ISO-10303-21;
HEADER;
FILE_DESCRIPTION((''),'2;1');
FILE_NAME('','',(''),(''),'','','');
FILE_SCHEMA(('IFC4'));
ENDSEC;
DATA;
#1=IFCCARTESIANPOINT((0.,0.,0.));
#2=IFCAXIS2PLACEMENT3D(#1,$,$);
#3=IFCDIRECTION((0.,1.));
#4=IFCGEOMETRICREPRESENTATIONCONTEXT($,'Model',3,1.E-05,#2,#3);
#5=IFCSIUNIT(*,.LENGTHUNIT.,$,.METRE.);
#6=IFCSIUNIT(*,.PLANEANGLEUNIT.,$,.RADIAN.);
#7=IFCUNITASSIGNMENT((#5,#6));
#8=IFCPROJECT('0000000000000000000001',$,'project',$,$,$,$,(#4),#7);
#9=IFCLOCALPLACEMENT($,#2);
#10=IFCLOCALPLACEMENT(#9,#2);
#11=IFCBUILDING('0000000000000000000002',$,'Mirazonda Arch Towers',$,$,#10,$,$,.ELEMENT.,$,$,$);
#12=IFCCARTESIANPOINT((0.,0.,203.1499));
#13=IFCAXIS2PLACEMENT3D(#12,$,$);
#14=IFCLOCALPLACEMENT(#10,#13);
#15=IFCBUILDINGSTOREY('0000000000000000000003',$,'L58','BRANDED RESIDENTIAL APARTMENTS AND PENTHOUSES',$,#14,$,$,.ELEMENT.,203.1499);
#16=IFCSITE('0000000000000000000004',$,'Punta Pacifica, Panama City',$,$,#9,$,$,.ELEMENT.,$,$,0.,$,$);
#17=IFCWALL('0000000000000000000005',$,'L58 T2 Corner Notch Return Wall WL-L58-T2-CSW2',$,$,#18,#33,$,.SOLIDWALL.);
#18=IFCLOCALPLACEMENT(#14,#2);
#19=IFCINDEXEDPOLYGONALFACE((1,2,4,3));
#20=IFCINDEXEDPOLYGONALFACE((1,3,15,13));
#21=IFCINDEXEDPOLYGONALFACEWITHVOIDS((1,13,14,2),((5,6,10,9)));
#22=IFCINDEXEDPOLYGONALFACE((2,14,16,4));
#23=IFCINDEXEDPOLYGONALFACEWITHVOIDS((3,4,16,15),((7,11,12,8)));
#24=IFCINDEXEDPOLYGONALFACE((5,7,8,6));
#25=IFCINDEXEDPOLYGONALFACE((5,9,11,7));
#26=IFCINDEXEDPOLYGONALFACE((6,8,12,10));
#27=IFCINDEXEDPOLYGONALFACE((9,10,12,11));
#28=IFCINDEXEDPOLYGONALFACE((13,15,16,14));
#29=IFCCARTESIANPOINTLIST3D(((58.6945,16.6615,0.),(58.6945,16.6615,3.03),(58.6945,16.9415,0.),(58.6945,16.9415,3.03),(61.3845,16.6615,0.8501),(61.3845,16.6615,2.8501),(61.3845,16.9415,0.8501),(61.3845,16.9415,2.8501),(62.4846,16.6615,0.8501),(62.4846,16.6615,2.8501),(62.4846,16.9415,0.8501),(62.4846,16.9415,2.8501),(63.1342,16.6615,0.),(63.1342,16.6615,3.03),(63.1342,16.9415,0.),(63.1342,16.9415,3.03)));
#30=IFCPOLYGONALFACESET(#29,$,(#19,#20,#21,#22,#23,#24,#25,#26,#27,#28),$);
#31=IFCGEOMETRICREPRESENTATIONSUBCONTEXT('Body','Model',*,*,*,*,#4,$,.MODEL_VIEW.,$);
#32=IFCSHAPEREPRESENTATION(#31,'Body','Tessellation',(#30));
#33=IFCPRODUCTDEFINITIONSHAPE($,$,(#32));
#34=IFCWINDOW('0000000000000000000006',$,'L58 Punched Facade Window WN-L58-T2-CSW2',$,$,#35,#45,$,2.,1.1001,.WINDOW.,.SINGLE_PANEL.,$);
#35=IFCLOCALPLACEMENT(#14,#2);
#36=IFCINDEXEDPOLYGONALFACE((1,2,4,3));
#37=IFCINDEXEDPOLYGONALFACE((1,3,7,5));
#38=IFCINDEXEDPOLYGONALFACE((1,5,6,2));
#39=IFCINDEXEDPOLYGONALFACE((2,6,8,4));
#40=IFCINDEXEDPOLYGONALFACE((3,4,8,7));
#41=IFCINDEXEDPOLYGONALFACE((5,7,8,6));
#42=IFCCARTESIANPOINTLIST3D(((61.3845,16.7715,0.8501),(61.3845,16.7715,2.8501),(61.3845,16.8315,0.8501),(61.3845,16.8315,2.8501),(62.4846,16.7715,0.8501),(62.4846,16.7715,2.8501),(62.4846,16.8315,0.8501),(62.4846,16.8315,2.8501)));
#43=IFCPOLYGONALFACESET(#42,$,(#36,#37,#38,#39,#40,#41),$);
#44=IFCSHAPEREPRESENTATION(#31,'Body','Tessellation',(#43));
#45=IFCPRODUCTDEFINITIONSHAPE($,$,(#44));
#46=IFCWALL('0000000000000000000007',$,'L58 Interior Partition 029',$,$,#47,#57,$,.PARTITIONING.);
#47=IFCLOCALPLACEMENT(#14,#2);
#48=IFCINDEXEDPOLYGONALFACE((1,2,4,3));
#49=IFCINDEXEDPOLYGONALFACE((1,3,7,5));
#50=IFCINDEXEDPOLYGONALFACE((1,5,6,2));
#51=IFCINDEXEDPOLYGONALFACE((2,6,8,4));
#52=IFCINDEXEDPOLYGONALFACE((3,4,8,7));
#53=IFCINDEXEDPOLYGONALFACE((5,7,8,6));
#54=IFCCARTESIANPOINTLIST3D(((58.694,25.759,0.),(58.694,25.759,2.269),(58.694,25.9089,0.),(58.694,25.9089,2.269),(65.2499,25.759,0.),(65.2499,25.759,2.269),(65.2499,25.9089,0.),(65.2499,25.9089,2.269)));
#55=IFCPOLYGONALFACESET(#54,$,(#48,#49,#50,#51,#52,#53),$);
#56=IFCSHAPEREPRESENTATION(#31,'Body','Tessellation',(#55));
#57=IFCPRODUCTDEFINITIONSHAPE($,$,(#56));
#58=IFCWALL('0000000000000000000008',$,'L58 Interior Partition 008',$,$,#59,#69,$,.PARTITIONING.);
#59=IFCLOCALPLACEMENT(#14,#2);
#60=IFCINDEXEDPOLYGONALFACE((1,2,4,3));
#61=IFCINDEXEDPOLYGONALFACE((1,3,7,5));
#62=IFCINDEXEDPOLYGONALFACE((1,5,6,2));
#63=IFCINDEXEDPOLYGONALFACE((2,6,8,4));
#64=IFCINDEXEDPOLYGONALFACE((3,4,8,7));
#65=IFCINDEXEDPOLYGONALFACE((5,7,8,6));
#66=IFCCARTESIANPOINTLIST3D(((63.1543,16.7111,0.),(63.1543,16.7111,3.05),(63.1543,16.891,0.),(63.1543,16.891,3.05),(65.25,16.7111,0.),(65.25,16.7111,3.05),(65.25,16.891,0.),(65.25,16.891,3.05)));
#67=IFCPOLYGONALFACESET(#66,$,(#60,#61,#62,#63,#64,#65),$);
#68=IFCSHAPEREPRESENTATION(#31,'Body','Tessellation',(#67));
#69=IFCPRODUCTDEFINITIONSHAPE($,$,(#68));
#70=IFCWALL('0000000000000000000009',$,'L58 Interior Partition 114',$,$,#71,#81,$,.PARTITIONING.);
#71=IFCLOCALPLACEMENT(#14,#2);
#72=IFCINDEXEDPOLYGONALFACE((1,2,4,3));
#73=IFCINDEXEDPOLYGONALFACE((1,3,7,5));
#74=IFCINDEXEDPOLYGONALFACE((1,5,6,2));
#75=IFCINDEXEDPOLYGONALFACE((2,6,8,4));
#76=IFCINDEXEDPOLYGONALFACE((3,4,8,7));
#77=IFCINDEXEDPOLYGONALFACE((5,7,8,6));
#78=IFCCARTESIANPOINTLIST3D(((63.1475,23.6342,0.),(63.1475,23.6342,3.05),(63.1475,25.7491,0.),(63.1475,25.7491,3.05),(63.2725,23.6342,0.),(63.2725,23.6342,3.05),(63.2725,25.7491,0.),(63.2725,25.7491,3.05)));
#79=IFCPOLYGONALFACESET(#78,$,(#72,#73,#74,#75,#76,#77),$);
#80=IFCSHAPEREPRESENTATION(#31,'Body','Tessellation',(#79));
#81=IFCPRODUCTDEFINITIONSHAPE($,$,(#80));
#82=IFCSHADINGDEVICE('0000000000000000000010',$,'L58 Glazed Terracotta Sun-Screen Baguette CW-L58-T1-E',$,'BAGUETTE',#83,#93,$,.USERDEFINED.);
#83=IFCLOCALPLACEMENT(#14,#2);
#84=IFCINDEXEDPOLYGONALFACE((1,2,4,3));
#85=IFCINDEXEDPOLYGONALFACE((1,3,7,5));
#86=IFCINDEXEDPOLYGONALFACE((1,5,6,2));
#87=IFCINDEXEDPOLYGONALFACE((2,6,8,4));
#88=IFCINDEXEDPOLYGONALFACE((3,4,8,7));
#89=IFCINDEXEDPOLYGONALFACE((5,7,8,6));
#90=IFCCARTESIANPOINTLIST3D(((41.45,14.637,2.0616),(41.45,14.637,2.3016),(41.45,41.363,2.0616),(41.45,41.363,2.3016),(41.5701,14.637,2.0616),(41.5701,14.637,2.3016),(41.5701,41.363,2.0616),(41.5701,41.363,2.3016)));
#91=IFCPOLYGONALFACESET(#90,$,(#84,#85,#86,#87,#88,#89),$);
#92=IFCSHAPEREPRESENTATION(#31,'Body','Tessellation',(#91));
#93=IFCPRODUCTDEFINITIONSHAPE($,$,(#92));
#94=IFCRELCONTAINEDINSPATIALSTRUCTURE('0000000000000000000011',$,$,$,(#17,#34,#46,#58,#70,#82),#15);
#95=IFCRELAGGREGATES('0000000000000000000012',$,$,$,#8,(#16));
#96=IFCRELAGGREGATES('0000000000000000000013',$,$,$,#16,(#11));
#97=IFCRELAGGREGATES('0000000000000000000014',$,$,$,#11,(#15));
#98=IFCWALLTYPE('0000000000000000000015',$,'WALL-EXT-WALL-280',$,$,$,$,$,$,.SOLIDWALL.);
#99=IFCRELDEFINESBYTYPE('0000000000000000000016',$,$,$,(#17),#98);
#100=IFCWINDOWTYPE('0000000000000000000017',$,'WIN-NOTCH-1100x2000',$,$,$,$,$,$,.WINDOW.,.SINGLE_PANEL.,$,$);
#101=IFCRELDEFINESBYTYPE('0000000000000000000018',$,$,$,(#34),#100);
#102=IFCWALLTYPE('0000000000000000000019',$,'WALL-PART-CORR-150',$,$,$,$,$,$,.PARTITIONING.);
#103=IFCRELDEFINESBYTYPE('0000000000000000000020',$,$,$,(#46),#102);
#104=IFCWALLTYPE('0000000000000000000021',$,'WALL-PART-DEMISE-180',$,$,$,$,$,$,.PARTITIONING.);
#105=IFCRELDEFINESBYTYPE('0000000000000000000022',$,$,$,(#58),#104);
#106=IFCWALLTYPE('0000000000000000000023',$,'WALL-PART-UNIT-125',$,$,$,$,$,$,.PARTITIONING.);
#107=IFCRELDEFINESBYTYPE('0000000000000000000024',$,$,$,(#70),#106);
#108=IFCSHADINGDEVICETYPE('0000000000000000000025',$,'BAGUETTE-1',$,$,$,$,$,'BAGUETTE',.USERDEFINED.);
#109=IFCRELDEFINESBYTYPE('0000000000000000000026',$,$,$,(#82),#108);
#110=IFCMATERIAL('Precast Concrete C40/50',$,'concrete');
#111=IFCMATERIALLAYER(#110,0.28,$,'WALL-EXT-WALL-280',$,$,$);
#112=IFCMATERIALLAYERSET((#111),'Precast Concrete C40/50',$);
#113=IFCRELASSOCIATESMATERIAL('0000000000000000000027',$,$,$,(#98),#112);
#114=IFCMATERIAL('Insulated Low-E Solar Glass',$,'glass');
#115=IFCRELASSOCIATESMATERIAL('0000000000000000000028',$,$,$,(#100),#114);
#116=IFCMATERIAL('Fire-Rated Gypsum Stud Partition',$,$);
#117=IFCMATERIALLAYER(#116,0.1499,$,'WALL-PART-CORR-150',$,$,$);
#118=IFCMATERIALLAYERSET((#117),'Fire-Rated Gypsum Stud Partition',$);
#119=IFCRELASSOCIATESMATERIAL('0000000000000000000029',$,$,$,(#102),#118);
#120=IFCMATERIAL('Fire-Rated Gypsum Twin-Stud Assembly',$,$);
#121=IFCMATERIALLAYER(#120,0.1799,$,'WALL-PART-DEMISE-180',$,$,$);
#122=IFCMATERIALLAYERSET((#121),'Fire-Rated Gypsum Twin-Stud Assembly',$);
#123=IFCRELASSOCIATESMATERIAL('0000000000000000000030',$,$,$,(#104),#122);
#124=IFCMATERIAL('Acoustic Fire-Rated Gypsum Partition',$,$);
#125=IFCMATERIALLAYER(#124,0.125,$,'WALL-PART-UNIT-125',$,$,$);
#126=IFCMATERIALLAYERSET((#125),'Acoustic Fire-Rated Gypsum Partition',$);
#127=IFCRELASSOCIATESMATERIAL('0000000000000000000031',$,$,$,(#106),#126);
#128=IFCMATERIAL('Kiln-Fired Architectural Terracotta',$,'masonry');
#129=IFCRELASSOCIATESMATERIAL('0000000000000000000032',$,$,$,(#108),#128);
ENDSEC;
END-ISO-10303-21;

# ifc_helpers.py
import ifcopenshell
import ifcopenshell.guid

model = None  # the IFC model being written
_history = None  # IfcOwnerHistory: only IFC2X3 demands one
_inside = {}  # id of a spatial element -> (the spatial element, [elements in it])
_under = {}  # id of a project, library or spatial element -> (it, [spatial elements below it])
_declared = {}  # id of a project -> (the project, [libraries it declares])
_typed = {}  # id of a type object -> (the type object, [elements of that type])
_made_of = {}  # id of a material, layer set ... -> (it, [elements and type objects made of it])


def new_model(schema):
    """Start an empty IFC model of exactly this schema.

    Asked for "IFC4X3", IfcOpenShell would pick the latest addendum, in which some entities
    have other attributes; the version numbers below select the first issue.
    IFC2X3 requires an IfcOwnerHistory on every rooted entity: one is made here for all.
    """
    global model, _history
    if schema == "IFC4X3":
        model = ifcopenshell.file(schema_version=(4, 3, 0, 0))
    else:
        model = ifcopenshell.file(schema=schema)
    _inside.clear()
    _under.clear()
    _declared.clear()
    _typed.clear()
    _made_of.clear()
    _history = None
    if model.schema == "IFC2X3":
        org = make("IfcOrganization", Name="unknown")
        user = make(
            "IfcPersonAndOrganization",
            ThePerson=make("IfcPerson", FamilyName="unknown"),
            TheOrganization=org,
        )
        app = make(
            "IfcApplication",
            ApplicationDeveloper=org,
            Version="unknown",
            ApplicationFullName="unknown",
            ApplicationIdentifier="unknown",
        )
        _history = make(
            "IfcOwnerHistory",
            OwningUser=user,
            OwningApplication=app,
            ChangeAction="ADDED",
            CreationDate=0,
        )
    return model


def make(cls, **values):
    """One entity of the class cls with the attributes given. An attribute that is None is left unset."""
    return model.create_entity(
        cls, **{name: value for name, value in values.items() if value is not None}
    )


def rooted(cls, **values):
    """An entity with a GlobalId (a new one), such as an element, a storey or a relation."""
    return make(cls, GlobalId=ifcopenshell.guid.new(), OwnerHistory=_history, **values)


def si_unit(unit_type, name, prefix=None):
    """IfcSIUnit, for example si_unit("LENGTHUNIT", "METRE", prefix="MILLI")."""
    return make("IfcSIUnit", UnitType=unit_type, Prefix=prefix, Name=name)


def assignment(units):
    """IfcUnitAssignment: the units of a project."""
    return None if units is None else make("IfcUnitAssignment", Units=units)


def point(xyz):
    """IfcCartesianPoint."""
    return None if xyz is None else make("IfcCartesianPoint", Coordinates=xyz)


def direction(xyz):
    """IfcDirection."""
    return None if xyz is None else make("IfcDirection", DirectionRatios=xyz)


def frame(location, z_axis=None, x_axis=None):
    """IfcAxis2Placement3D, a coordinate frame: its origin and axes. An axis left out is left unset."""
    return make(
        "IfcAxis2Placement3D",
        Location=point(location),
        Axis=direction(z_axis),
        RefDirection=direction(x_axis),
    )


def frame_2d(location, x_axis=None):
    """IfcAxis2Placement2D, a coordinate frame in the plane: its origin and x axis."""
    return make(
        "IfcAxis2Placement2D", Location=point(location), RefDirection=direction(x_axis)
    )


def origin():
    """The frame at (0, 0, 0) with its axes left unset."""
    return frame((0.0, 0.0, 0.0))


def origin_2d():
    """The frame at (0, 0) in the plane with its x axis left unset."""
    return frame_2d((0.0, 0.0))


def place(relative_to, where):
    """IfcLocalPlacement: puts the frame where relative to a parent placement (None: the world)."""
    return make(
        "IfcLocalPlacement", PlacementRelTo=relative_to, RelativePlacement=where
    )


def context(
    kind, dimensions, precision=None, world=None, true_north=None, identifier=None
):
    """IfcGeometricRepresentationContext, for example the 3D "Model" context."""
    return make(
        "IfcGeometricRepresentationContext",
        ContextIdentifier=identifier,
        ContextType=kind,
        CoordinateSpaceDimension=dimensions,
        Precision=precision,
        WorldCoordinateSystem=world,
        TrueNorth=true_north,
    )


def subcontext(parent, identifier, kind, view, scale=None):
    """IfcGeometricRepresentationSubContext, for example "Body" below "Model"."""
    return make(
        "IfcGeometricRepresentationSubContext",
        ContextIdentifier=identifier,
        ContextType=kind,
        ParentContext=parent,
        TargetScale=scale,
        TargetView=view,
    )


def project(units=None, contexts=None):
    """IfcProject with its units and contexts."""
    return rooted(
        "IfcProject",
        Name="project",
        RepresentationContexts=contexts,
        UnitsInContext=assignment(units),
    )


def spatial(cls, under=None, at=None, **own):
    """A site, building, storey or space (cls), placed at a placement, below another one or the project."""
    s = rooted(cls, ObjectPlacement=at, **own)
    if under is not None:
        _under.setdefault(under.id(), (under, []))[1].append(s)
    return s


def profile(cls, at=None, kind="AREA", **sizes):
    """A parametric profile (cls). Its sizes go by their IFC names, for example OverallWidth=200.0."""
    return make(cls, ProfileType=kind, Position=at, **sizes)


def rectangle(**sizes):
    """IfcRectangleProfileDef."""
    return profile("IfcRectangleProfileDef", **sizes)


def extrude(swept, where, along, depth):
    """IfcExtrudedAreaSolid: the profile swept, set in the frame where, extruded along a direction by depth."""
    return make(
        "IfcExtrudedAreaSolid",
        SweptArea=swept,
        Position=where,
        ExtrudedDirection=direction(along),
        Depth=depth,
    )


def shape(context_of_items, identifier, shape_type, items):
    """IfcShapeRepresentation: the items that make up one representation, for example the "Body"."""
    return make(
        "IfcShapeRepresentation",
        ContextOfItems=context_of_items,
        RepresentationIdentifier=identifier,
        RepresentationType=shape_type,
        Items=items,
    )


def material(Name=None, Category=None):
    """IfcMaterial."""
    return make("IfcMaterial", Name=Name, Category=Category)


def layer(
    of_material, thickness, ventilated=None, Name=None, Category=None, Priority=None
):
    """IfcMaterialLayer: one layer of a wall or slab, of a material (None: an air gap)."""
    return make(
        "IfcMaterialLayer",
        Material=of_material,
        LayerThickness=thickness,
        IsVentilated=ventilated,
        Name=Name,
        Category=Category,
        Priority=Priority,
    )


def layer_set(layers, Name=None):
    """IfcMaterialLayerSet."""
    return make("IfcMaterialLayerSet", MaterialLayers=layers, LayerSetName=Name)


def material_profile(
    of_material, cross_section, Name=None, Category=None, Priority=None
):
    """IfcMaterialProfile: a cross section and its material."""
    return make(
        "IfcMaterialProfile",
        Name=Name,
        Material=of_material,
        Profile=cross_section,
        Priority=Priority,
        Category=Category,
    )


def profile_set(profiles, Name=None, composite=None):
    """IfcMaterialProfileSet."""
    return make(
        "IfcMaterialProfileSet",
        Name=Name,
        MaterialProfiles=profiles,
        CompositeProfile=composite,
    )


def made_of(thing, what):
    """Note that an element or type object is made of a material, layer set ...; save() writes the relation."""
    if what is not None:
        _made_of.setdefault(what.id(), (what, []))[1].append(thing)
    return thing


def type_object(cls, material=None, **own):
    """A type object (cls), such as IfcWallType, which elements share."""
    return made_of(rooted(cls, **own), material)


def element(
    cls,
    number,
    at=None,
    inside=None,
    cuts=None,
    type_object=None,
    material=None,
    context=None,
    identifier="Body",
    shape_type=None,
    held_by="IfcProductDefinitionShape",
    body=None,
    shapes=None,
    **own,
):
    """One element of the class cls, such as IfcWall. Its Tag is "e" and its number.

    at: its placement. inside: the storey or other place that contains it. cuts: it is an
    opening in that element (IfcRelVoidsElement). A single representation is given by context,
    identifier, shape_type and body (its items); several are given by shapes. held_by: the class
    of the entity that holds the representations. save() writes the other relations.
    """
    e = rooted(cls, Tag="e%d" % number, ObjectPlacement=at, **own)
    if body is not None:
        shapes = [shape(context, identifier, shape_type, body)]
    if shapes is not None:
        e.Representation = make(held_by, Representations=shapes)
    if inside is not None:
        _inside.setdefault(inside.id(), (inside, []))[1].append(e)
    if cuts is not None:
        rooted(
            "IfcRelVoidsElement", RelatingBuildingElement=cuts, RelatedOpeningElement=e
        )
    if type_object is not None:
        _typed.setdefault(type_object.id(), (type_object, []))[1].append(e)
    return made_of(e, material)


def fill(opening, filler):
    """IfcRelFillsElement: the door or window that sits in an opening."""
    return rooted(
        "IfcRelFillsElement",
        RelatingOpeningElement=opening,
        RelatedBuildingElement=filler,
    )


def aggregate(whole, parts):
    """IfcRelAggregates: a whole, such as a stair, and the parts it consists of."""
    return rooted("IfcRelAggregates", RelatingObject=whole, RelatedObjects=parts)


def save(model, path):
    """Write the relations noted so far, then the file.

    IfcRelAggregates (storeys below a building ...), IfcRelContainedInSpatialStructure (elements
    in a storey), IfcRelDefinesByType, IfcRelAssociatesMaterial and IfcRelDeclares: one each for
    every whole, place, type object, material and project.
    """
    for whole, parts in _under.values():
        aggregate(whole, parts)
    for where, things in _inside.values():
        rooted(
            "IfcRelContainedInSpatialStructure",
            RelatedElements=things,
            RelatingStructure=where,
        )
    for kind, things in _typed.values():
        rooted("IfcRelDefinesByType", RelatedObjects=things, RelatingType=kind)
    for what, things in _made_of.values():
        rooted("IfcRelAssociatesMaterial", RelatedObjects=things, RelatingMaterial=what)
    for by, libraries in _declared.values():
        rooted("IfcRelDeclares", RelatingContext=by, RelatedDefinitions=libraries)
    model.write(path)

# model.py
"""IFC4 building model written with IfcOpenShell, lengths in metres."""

from ifc_helpers import new_model, si_unit, direction, frame, frame_2d, origin, origin_2d, place, context, subcontext, project, spatial, rectangle, extrude, material, layer, layer_set, material_profile, profile_set, type_object, element, fill, save


model = new_model("IFC4")

# Units and contexts
model_context = context("Model", 3, precision=1e-05, world=origin(), true_north=direction((0.0, 1.0)))
body_context = subcontext(model_context, "Body", "Model", "MODEL_VIEW")
ifc_project = project(units=[si_unit("LENGTHUNIT", "METRE"), si_unit("PLANEANGLEUNIT", "RADIAN")], contexts=[model_context])

# Site, building, storey
site_placement = place(None, origin())
site = spatial("IfcSite", under=ifc_project, at=site_placement, Name="Punta Pacifica, Panama City", CompositionType="ELEMENT", RefElevation=0.0)
building_placement = place(site_placement, origin())
building = spatial("IfcBuilding", under=site, at=building_placement, Name="Mirazonda Arch Towers", CompositionType="ELEMENT")
storey_placement = place(building_placement, frame((0.0, 0.0, 203.1499)))
storey = spatial("IfcBuildingStorey", under=building, at=storey_placement, Name="L58", Description="BRANDED RESIDENTIAL APARTMENTS AND PENTHOUSES", CompositionType="ELEMENT", Elevation=203.1499)

# Shared definitions
ifc_material_1 = material(Name="Insulated Low-E Solar Glass", Category="glass")

# Wall, opening, window
ifc_material_2 = material(Name="Precast Concrete C40/50", Category="concrete")
ifc_layer_1 = layer(ifc_material_2, 0.28, Name="WALL-EXT-WALL-280")
ifc_layer_set_1 = layer_set([ifc_layer_1], Name="Precast Concrete C40/50")
wall_type_1 = type_object("IfcWallType", Name="WALL-EXT-WALL-280", PredefinedType="SOLIDWALL", material=ifc_layer_set_1)
wall_1_placement = place(storey_placement, frame((58.6946, 16.8015, 0.0), z_axis=(0.0, 0.0, 1.0), x_axis=(1.0, 0.0, 0.0)))
wall_1 = element("IfcWall", 1, at=wall_1_placement, inside=storey, type_object=wall_type_1, Name="L58 T2 Corner Notch Return Wall WL-L58-T2-CSW2", PredefinedType="SOLIDWALL", context=body_context, shape_type="SweptSolid", body=[
    extrude(rectangle(XDim=4.4397, YDim=0.28, at=frame_2d((2.2197, 0.0))), origin(), (0.0, 0.0, 1.0), 3.03),
])
opening_1_placement = place(wall_1_placement, frame((2.6899, 0.0, 0.8501)))
opening_1 = element("IfcOpeningElement", 2, at=opening_1_placement, cuts=wall_1, PredefinedType="OPENING", context=body_context, shape_type="SweptSolid", body=[
    extrude(rectangle(XDim=1.1001, YDim=2.0, at=frame_2d((0.55, 1.0))), frame((0.0, 0.1499, 0.0), z_axis=(0.0, -1.0, 0.0), x_axis=(1.0, 0.0, 0.0)), (0.0, 0.0, 1.0), 0.3),
])
window_type_1 = type_object("IfcWindowType", Name="WIN-NOTCH-1100x2000", PartitioningType="SINGLE_PANEL", PredefinedType="WINDOW", material=ifc_material_1)
window_1_placement = place(opening_1_placement, origin())
window_1 = element("IfcWindow", 3, at=window_1_placement, inside=storey, type_object=window_type_1, Name="L58 Punched Facade Window WN-L58-T2-CSW2", OverallHeight=2.0, OverallWidth=1.1001, PartitioningType="SINGLE_PANEL", PredefinedType="WINDOW", context=body_context, shape_type="SweptSolid", body=[
    extrude(rectangle(XDim=1.1001, YDim=2.0, at=frame_2d((0.55, 1.0))), frame((0.0, 0.03, 0.0), z_axis=(0.0, -1.0, 0.0), x_axis=(1.0, 0.0, 0.0)), (0.0, 0.0, 1.0), 0.0601),
])
fill(opening_1, window_1)

# Walls
ifc_material_3 = material(Name="Fire-Rated Gypsum Stud Partition")
ifc_layer_2 = layer(ifc_material_3, 0.1499, Name="WALL-PART-CORR-150")
ifc_layer_set_2 = layer_set([ifc_layer_2], Name="Fire-Rated Gypsum Stud Partition")
wall_type_2 = type_object("IfcWallType", Name="WALL-PART-CORR-150", PredefinedType="PARTITIONING", material=ifc_layer_set_2)
wall_2_placement = place(storey_placement, frame((58.6941, 25.834, 0.0), z_axis=(0.0, 0.0, 1.0), x_axis=(1.0, 0.0, 0.0)))
element("IfcWall", 4, at=wall_2_placement, inside=storey, type_object=wall_type_2, Name="L58 Interior Partition 029", PredefinedType="PARTITIONING", context=body_context, shape_type="SweptSolid", body=[
    extrude(rectangle(XDim=6.5559, YDim=0.1499, at=frame_2d((3.2778, 0.0))), origin(), (0.0, 0.0, 1.0), 2.269),
])
ifc_material_4 = material(Name="Fire-Rated Gypsum Twin-Stud Assembly")
ifc_layer_3 = layer(ifc_material_4, 0.1799, Name="WALL-PART-DEMISE-180")
ifc_layer_set_3 = layer_set([ifc_layer_3], Name="Fire-Rated Gypsum Twin-Stud Assembly")
wall_type_3 = type_object("IfcWallType", Name="WALL-PART-DEMISE-180", PredefinedType="PARTITIONING", material=ifc_layer_set_3)
wall_3_placement = place(storey_placement, frame((63.1543, 16.801, 0.0), z_axis=(0.0, 0.0, 1.0), x_axis=(1.0, 0.0, 0.0)))
element("IfcWall", 5, at=wall_3_placement, inside=storey, type_object=wall_type_3, Name="L58 Interior Partition 008", PredefinedType="PARTITIONING", context=body_context, shape_type="SweptSolid", body=[
    extrude(rectangle(XDim=2.0957, YDim=0.1799, at=frame_2d((1.0479, 0.0))), origin(), (0.0, 0.0, 1.0), 3.05),
])

# Wall
ifc_material_5 = material(Name="Acoustic Fire-Rated Gypsum Partition")
ifc_layer_4 = layer(ifc_material_5, 0.125, Name="WALL-PART-UNIT-125")
ifc_layer_set_4 = layer_set([ifc_layer_4], Name="Acoustic Fire-Rated Gypsum Partition")
wall_type_4 = type_object("IfcWallType", Name="WALL-PART-UNIT-125", PredefinedType="PARTITIONING", material=ifc_layer_set_4)
wall_4_placement = place(storey_placement, frame((63.21, 23.634, 0.0), z_axis=(0.0, 0.0, 1.0), x_axis=(0.0, 1.0, 0.0)))
element("IfcWall", 6, at=wall_4_placement, inside=storey, type_object=wall_type_4, Name="L58 Interior Partition 114", PredefinedType="PARTITIONING", context=body_context, shape_type="SweptSolid", body=[
    extrude(rectangle(XDim=2.115, YDim=0.125, at=frame_2d((1.0576, 0.0))), origin(), (0.0, 0.0, 1.0), 3.05),
])

# Shading device
ifc_material_6 = material(Name="Kiln-Fired Architectural Terracotta", Category="masonry")
ifc_material_profile_1 = material_profile(ifc_material_6, rectangle(XDim=0.1201, YDim=0.24, at=origin_2d()), Name="TERRA-BAG-120x240")
ifc_profile_set_1 = profile_set([ifc_material_profile_1], Name="Kiln-Fired Architectural Terracotta")
shading_device_type = type_object("IfcShadingDeviceType", Name="BAGUETTE-1", ElementType="BAGUETTE", PredefinedType="USERDEFINED", material=ifc_profile_set_1)
shading_device_placement = place(storey_placement, frame((41.51, 14.637, 2.1816), z_axis=(0.0, 1.0, 0.0), x_axis=(-1.0, 0.0, 0.0)))
element("IfcShadingDevice", 7, at=shading_device_placement, inside=storey, type_object=shading_device_type, Name="L58 Glazed Terracotta Sun-Screen Baguette CW-L58-T1-E", ObjectType="BAGUETTE", PredefinedType="USERDEFINED", context=body_context, shape_type="SweptSolid", body=[
    extrude(rectangle(XDim=0.1201, YDim=0.24, at=origin_2d()), origin(), (0.0, 0.0, 1.0), 26.7261),
])

save(model, "model.ifc")
